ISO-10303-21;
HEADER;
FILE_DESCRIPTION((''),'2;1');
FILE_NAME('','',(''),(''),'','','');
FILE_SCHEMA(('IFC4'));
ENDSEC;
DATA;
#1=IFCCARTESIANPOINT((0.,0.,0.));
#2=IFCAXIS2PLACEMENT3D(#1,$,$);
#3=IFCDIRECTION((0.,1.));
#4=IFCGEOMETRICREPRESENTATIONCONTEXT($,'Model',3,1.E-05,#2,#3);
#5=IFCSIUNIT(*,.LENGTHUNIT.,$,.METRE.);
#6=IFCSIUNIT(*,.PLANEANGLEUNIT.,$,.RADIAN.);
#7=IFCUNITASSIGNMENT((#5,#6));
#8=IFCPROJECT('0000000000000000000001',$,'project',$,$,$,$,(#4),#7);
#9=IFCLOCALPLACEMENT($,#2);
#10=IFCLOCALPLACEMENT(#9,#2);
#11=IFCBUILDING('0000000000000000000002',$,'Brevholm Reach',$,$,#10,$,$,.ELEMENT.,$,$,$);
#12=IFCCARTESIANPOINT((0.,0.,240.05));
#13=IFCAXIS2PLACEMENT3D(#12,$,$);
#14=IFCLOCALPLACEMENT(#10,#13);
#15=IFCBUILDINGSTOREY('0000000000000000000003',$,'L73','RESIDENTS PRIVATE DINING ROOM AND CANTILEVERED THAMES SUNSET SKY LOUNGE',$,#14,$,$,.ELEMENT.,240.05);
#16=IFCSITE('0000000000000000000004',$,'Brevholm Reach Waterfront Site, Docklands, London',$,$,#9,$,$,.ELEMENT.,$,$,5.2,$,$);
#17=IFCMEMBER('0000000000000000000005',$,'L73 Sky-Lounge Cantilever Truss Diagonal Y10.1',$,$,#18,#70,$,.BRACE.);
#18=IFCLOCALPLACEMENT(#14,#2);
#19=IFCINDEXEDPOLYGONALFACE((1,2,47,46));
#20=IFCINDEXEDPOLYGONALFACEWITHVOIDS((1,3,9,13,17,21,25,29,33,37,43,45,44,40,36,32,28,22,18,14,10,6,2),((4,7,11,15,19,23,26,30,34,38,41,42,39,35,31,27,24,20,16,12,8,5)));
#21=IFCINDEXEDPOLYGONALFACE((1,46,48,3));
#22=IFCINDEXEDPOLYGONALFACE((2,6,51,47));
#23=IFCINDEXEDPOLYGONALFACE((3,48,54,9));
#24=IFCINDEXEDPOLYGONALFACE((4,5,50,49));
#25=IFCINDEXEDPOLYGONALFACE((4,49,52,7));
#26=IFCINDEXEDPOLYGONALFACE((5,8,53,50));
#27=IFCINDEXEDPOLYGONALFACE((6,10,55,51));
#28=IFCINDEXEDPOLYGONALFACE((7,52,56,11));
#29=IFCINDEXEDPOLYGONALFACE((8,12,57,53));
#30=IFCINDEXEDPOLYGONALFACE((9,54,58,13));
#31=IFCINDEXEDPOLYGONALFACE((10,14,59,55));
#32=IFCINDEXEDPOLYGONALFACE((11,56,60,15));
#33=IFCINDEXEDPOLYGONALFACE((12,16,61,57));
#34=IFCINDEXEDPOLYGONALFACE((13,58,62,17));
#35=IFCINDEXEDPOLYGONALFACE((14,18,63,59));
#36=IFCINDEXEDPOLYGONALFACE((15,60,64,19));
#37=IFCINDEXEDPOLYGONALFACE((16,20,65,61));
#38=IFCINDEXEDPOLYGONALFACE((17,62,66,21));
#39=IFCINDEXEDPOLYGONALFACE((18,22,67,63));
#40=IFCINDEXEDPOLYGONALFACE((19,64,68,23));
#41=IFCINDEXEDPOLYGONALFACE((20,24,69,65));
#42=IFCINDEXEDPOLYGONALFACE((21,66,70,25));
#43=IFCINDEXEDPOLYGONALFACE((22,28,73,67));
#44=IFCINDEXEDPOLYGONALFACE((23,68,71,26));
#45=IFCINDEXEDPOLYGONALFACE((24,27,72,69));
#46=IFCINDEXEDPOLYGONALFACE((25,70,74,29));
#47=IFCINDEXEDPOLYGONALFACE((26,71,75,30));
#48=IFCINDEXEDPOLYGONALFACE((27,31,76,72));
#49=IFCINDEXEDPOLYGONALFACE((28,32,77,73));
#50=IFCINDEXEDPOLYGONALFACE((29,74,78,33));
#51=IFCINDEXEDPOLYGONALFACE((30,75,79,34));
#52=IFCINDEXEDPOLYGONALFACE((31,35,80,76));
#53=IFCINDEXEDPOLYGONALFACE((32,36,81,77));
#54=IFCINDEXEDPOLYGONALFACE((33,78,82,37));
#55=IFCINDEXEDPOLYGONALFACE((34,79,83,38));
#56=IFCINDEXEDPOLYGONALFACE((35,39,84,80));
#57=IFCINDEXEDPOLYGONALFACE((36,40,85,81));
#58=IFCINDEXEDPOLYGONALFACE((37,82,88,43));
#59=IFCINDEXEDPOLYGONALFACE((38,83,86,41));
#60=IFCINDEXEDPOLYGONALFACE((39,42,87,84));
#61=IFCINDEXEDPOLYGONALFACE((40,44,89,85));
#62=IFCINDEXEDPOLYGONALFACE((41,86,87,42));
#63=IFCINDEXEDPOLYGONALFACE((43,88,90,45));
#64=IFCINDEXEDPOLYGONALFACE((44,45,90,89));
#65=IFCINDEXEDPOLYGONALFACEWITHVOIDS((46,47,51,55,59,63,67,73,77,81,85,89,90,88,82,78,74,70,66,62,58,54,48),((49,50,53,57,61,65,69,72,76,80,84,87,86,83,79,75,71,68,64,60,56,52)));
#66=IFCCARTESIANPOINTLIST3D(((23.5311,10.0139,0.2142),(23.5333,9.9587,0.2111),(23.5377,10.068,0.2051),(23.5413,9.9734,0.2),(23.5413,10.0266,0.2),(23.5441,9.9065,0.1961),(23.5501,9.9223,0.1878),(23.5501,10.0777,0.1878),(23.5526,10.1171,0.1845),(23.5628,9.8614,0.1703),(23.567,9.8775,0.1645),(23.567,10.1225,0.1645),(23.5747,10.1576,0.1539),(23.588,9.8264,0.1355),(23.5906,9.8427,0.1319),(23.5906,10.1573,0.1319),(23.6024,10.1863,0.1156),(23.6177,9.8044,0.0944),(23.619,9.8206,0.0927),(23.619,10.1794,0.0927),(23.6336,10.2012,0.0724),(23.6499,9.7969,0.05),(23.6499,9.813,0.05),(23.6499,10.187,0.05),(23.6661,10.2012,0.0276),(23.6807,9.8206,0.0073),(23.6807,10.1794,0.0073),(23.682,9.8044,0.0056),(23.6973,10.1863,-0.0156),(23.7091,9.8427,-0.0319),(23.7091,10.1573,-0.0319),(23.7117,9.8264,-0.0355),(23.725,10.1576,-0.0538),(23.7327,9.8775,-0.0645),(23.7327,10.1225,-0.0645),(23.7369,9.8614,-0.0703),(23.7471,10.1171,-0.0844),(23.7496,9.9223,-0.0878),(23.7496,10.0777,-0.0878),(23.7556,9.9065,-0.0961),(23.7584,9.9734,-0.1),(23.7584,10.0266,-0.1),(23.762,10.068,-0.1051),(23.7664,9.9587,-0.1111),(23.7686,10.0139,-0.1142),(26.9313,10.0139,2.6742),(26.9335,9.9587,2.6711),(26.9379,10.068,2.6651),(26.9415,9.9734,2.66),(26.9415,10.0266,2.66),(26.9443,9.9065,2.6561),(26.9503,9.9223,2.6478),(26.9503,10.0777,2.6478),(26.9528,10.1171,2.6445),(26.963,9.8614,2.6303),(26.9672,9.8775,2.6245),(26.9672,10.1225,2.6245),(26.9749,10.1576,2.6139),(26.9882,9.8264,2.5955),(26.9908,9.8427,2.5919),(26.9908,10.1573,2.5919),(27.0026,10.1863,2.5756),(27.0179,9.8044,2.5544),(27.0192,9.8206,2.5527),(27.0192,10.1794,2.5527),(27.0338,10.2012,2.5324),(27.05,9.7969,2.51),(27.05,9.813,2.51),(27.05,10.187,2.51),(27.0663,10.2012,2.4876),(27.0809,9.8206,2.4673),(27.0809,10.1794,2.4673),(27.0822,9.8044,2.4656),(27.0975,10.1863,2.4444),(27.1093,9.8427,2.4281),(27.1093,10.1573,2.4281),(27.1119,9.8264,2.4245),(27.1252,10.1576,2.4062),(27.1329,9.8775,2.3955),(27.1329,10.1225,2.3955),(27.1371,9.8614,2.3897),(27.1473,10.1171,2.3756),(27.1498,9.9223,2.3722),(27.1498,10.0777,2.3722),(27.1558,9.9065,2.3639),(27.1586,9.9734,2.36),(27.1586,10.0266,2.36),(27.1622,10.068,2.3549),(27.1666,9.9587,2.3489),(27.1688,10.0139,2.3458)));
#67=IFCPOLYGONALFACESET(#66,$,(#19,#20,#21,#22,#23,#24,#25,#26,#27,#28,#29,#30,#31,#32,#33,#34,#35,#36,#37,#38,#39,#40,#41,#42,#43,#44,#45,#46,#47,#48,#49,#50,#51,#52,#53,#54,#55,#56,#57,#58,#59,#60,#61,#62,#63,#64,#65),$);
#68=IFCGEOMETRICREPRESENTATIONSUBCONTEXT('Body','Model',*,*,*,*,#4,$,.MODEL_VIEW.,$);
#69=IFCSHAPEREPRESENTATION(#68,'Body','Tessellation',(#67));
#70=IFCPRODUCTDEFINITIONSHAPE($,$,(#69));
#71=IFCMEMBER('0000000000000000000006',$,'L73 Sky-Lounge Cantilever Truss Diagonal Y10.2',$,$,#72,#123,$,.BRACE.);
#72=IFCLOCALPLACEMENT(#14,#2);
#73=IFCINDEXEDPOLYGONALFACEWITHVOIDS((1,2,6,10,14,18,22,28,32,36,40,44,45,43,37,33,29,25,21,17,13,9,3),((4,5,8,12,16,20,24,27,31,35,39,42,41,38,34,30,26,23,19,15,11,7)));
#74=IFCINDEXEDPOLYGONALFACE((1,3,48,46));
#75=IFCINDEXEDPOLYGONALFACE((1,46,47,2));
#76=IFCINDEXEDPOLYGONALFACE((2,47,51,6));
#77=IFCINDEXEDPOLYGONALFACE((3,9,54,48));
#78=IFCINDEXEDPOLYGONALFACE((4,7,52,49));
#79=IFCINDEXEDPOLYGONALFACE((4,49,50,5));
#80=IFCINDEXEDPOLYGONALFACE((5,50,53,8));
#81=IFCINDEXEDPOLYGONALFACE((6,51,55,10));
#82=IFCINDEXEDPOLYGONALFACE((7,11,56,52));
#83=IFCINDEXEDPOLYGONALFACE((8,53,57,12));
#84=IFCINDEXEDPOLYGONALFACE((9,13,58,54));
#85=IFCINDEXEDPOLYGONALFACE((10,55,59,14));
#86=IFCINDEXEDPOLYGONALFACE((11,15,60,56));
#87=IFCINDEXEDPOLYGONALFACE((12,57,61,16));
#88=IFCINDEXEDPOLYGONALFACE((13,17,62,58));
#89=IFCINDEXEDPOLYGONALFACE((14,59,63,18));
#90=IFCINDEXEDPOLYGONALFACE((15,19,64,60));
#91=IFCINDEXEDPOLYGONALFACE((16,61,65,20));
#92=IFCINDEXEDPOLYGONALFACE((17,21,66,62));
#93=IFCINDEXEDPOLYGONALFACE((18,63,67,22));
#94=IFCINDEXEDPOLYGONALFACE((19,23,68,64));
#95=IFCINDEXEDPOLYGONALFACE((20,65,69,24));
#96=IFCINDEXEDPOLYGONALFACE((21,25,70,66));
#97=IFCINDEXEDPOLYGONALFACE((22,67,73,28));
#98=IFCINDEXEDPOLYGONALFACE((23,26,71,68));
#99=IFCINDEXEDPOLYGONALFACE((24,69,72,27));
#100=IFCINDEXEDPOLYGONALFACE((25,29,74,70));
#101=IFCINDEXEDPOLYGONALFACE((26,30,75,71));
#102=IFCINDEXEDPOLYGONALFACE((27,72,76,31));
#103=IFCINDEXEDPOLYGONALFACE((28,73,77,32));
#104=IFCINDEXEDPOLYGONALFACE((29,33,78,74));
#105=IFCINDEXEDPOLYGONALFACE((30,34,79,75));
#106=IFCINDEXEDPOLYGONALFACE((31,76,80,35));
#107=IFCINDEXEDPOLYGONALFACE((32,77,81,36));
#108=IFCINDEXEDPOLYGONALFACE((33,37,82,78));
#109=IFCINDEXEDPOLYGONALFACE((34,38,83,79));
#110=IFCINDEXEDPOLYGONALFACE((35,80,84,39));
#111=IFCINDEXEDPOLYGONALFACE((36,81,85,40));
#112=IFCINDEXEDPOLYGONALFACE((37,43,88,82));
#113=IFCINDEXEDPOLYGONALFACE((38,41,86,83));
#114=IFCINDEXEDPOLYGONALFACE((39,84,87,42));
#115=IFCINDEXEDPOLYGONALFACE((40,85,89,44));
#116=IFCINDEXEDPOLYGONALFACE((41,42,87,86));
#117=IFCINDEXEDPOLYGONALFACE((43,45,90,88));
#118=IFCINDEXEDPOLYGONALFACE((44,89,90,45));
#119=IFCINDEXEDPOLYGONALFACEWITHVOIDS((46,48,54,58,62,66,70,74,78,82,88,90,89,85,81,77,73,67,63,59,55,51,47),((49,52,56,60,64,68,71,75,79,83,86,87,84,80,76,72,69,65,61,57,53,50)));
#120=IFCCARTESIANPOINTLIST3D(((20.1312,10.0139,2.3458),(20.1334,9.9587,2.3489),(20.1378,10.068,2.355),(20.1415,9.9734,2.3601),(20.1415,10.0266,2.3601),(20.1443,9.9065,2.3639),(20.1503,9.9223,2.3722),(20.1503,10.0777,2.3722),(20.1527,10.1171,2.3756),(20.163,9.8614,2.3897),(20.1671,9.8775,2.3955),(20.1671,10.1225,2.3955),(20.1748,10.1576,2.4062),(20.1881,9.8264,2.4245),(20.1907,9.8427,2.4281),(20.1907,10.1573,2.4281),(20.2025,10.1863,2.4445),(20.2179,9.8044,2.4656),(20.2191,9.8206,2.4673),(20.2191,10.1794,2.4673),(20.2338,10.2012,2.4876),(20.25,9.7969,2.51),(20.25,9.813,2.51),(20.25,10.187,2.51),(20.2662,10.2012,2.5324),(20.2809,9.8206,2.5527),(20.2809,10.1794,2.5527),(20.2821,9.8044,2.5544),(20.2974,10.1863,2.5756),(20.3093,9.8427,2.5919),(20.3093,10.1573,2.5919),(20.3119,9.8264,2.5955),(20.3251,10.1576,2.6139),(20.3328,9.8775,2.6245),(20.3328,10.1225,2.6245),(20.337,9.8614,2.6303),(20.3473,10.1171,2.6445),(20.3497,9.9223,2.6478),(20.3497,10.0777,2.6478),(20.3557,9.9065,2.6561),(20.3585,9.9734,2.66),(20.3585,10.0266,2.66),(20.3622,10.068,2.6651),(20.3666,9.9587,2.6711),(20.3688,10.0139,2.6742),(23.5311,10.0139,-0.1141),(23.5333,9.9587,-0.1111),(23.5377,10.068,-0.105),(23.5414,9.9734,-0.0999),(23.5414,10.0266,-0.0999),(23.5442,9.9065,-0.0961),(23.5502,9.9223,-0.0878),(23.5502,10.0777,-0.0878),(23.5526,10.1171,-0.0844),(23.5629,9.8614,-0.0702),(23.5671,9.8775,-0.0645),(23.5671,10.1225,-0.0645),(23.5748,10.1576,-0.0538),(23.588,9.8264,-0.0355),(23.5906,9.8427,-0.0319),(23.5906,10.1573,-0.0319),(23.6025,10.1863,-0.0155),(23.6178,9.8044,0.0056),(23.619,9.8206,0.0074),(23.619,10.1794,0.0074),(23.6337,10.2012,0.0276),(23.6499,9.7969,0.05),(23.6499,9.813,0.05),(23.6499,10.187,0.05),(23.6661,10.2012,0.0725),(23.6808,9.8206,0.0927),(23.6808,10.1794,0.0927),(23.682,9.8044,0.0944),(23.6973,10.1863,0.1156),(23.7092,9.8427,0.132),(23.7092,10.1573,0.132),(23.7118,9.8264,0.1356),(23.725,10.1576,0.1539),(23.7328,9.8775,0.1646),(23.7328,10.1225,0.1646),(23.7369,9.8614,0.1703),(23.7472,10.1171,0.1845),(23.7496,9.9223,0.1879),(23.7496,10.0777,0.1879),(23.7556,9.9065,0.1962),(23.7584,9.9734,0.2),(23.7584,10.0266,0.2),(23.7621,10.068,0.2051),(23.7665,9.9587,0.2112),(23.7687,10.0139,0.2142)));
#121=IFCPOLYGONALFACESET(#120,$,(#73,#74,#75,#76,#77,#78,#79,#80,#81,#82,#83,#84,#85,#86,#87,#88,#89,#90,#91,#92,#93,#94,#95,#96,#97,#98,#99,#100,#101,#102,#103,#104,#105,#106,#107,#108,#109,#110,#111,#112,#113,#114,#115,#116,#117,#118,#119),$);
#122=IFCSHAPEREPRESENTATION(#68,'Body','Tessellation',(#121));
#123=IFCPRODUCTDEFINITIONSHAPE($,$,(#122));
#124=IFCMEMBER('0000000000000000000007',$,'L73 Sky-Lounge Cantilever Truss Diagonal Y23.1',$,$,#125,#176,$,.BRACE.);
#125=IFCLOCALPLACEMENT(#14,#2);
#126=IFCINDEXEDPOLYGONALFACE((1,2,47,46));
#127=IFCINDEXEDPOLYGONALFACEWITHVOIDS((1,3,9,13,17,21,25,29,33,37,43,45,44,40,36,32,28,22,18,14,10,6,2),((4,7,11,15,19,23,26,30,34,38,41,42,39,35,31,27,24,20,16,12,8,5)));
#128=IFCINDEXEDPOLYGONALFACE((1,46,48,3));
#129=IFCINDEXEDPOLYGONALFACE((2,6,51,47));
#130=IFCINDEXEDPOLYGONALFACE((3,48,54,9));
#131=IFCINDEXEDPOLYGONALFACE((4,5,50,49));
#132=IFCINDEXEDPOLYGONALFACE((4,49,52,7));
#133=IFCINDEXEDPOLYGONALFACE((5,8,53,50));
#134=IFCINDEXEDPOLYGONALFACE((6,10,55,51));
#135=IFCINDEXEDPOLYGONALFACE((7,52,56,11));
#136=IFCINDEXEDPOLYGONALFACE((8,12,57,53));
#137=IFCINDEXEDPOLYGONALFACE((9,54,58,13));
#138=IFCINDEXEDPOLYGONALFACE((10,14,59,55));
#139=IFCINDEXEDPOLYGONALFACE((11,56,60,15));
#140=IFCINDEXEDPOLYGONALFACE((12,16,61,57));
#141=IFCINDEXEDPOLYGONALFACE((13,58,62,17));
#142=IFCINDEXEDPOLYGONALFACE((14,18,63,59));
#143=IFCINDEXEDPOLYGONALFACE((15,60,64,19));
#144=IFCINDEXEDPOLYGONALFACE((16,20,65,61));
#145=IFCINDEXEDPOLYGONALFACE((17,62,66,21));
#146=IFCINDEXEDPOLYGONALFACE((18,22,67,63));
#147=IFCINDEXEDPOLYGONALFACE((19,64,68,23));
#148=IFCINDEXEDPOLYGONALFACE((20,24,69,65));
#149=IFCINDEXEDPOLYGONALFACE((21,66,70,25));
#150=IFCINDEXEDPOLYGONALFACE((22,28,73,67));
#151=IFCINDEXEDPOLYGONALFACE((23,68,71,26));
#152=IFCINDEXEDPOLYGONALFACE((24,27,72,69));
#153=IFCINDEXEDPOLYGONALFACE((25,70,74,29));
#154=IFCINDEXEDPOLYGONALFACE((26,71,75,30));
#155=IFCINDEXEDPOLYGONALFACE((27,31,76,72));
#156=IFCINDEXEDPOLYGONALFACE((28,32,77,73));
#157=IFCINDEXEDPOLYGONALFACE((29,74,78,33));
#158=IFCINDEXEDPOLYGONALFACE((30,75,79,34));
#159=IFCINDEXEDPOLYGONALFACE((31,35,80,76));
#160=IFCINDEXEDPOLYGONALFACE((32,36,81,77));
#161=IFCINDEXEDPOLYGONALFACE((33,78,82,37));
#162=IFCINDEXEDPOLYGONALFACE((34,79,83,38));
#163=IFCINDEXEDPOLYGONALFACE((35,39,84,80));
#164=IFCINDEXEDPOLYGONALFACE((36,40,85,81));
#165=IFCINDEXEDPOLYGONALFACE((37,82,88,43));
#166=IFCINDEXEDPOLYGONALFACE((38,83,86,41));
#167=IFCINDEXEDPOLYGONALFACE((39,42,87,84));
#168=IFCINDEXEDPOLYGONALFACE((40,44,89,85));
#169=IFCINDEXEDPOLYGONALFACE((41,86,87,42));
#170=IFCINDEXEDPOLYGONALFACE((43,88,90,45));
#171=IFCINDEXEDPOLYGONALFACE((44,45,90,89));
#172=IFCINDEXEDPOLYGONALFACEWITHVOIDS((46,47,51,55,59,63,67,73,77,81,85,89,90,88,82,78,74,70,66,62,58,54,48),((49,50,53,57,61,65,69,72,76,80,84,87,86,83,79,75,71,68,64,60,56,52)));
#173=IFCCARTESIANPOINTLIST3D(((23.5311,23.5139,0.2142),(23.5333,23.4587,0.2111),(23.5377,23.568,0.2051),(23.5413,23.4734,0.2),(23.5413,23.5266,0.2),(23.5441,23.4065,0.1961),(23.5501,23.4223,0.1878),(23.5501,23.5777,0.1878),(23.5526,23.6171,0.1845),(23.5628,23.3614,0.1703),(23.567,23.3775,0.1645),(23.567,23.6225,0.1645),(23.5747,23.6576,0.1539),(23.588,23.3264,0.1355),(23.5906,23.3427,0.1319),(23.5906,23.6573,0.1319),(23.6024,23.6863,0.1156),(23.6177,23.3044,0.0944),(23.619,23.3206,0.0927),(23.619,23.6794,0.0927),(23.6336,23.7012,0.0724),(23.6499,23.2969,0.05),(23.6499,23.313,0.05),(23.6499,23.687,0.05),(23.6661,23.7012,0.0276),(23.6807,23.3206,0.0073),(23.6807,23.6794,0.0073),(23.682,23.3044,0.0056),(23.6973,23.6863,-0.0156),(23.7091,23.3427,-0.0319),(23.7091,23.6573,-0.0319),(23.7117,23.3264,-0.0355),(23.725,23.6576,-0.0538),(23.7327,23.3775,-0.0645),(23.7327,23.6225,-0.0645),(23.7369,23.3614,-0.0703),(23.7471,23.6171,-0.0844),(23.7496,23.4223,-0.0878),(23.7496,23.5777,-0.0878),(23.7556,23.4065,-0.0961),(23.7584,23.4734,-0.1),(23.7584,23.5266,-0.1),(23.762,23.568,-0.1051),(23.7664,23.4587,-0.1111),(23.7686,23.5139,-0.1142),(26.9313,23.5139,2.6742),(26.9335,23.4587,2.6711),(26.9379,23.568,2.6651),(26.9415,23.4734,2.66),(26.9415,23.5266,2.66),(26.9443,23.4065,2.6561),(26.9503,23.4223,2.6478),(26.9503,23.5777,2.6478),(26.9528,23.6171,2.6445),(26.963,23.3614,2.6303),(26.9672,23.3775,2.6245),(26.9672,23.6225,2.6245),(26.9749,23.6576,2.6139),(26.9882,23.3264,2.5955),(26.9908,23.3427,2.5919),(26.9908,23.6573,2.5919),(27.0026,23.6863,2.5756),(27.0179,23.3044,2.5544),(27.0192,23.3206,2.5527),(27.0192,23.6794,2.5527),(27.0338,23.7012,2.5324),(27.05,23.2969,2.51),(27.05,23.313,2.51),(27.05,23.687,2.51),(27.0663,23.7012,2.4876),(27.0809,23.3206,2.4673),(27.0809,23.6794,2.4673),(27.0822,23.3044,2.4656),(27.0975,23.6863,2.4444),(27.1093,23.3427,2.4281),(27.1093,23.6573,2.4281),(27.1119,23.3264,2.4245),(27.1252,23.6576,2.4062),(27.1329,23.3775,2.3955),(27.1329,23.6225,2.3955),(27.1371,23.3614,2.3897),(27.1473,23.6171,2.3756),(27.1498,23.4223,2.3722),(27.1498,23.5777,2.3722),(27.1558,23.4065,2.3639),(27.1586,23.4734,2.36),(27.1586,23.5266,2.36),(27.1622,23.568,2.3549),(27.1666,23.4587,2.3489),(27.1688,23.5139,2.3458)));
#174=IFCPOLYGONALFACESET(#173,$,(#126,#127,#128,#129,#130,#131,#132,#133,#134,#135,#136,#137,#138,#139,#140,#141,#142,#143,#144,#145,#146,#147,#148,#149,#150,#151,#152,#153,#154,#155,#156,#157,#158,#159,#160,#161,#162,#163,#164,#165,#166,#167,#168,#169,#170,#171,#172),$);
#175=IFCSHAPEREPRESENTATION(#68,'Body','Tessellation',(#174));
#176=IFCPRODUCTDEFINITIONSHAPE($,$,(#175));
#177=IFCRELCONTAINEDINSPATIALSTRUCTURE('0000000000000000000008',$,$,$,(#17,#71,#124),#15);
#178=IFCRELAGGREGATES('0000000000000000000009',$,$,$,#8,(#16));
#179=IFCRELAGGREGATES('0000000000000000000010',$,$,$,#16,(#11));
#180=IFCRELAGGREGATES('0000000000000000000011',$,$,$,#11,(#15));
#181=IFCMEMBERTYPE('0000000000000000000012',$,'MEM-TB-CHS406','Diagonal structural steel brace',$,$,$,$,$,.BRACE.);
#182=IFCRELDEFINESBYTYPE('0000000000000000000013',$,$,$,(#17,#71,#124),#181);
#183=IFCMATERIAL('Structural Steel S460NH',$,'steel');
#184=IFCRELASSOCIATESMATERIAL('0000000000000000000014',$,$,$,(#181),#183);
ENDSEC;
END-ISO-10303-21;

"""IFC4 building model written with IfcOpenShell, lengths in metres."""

from ifc_helpers import new_model, si_unit, direction, frame, origin, origin_2d, place, context, subcontext, project, spatial, hollow_circle, extrude, material, material_profile, profile_set, type_object, element, save


model = new_model("IFC4")

# Units and contexts
model_context = context("Model", 3, precision=1e-05, world=origin(), true_north=direction((0.0, 1.0)))
body_context = subcontext(model_context, "Body", "Model", "MODEL_VIEW")
ifc_project = project(units=[si_unit("LENGTHUNIT", "METRE"), si_unit("PLANEANGLEUNIT", "RADIAN")], contexts=[model_context])

# Site, building, storey
site_placement = place(None, origin())
site = spatial("IfcSite", under=ifc_project, at=site_placement, Name="Brevholm Reach Waterfront Site, Docklands, London", CompositionType="ELEMENT", RefElevation=5.2)
building_placement = place(site_placement, origin())
building = spatial("IfcBuilding", under=site, at=building_placement, Name="Brevholm Reach", CompositionType="ELEMENT")
storey_placement = place(building_placement, frame((0.0, 0.0, 240.05)))
storey = spatial("IfcBuildingStorey", under=building, at=storey_placement, Name="L73", Description="RESIDENTS PRIVATE DINING ROOM AND CANTILEVERED THAMES SUNSET SKY LOUNGE", CompositionType="ELEMENT", Elevation=240.05)

# Members
ifc_material_1 = material(Name="Structural Steel S460NH", Category="steel")
ifc_material_profile_1 = material_profile(ifc_material_1, hollow_circle(Radius=0.2031, WallThickness=0.0161, at=origin_2d()), Name="CHS 406.4x16")
ifc_profile_set_1 = profile_set([ifc_material_profile_1], Name="Structural Steel S460NH")
member_type_1 = type_object("IfcMemberType", Name="MEM-TB-CHS406", Description="Diagonal structural steel brace", PredefinedType="BRACE", material=ifc_profile_set_1)
member_1_placement = place(storey_placement, frame((27.05, 10.0, 2.51), z_axis=(-0.810193, 0.0, -0.586164), x_axis=(0.0, -1.0, 0.0)))
element("IfcMember", 1, at=member_1_placement, inside=storey, type_object=member_type_1, Name="L73 Sky-Lounge Cantilever Truss Diagonal Y10.1", PredefinedType="BRACE", context=body_context, shape_type="SweptSolid", body=[
    extrude(hollow_circle(Radius=0.2031, WallThickness=0.0161, at=origin_2d()), origin(), (0.0, 0.0, 1.0), 4.1968),
])
member_2_placement = place(storey_placement, frame((23.6499, 10.0, 0.05), z_axis=(-0.810173, 0.0, 0.586191), x_axis=(0.0, -1.0, 0.0)))
element("IfcMember", 2, at=member_2_placement, inside=storey, type_object=member_type_1, Name="L73 Sky-Lounge Cantilever Truss Diagonal Y10.2", PredefinedType="BRACE", context=body_context, shape_type="SweptSolid", body=[
    extrude(hollow_circle(Radius=0.2031, WallThickness=0.0161, at=origin_2d()), origin(), (0.0, 0.0, 1.0), 4.1965),
])
member_3_placement = place(storey_placement, frame((27.05, 23.5, 2.51), z_axis=(-0.810193, 0.0, -0.586164), x_axis=(0.0, -1.0, 0.0)))
element("IfcMember", 3, at=member_3_placement, inside=storey, type_object=member_type_1, Name="L73 Sky-Lounge Cantilever Truss Diagonal Y23.1", PredefinedType="BRACE", context=body_context, shape_type="SweptSolid", body=[
    extrude(hollow_circle(Radius=0.2031, WallThickness=0.0161, at=origin_2d()), origin(), (0.0, 0.0, 1.0), 4.1968),
])

save(model, "model.ifc")
